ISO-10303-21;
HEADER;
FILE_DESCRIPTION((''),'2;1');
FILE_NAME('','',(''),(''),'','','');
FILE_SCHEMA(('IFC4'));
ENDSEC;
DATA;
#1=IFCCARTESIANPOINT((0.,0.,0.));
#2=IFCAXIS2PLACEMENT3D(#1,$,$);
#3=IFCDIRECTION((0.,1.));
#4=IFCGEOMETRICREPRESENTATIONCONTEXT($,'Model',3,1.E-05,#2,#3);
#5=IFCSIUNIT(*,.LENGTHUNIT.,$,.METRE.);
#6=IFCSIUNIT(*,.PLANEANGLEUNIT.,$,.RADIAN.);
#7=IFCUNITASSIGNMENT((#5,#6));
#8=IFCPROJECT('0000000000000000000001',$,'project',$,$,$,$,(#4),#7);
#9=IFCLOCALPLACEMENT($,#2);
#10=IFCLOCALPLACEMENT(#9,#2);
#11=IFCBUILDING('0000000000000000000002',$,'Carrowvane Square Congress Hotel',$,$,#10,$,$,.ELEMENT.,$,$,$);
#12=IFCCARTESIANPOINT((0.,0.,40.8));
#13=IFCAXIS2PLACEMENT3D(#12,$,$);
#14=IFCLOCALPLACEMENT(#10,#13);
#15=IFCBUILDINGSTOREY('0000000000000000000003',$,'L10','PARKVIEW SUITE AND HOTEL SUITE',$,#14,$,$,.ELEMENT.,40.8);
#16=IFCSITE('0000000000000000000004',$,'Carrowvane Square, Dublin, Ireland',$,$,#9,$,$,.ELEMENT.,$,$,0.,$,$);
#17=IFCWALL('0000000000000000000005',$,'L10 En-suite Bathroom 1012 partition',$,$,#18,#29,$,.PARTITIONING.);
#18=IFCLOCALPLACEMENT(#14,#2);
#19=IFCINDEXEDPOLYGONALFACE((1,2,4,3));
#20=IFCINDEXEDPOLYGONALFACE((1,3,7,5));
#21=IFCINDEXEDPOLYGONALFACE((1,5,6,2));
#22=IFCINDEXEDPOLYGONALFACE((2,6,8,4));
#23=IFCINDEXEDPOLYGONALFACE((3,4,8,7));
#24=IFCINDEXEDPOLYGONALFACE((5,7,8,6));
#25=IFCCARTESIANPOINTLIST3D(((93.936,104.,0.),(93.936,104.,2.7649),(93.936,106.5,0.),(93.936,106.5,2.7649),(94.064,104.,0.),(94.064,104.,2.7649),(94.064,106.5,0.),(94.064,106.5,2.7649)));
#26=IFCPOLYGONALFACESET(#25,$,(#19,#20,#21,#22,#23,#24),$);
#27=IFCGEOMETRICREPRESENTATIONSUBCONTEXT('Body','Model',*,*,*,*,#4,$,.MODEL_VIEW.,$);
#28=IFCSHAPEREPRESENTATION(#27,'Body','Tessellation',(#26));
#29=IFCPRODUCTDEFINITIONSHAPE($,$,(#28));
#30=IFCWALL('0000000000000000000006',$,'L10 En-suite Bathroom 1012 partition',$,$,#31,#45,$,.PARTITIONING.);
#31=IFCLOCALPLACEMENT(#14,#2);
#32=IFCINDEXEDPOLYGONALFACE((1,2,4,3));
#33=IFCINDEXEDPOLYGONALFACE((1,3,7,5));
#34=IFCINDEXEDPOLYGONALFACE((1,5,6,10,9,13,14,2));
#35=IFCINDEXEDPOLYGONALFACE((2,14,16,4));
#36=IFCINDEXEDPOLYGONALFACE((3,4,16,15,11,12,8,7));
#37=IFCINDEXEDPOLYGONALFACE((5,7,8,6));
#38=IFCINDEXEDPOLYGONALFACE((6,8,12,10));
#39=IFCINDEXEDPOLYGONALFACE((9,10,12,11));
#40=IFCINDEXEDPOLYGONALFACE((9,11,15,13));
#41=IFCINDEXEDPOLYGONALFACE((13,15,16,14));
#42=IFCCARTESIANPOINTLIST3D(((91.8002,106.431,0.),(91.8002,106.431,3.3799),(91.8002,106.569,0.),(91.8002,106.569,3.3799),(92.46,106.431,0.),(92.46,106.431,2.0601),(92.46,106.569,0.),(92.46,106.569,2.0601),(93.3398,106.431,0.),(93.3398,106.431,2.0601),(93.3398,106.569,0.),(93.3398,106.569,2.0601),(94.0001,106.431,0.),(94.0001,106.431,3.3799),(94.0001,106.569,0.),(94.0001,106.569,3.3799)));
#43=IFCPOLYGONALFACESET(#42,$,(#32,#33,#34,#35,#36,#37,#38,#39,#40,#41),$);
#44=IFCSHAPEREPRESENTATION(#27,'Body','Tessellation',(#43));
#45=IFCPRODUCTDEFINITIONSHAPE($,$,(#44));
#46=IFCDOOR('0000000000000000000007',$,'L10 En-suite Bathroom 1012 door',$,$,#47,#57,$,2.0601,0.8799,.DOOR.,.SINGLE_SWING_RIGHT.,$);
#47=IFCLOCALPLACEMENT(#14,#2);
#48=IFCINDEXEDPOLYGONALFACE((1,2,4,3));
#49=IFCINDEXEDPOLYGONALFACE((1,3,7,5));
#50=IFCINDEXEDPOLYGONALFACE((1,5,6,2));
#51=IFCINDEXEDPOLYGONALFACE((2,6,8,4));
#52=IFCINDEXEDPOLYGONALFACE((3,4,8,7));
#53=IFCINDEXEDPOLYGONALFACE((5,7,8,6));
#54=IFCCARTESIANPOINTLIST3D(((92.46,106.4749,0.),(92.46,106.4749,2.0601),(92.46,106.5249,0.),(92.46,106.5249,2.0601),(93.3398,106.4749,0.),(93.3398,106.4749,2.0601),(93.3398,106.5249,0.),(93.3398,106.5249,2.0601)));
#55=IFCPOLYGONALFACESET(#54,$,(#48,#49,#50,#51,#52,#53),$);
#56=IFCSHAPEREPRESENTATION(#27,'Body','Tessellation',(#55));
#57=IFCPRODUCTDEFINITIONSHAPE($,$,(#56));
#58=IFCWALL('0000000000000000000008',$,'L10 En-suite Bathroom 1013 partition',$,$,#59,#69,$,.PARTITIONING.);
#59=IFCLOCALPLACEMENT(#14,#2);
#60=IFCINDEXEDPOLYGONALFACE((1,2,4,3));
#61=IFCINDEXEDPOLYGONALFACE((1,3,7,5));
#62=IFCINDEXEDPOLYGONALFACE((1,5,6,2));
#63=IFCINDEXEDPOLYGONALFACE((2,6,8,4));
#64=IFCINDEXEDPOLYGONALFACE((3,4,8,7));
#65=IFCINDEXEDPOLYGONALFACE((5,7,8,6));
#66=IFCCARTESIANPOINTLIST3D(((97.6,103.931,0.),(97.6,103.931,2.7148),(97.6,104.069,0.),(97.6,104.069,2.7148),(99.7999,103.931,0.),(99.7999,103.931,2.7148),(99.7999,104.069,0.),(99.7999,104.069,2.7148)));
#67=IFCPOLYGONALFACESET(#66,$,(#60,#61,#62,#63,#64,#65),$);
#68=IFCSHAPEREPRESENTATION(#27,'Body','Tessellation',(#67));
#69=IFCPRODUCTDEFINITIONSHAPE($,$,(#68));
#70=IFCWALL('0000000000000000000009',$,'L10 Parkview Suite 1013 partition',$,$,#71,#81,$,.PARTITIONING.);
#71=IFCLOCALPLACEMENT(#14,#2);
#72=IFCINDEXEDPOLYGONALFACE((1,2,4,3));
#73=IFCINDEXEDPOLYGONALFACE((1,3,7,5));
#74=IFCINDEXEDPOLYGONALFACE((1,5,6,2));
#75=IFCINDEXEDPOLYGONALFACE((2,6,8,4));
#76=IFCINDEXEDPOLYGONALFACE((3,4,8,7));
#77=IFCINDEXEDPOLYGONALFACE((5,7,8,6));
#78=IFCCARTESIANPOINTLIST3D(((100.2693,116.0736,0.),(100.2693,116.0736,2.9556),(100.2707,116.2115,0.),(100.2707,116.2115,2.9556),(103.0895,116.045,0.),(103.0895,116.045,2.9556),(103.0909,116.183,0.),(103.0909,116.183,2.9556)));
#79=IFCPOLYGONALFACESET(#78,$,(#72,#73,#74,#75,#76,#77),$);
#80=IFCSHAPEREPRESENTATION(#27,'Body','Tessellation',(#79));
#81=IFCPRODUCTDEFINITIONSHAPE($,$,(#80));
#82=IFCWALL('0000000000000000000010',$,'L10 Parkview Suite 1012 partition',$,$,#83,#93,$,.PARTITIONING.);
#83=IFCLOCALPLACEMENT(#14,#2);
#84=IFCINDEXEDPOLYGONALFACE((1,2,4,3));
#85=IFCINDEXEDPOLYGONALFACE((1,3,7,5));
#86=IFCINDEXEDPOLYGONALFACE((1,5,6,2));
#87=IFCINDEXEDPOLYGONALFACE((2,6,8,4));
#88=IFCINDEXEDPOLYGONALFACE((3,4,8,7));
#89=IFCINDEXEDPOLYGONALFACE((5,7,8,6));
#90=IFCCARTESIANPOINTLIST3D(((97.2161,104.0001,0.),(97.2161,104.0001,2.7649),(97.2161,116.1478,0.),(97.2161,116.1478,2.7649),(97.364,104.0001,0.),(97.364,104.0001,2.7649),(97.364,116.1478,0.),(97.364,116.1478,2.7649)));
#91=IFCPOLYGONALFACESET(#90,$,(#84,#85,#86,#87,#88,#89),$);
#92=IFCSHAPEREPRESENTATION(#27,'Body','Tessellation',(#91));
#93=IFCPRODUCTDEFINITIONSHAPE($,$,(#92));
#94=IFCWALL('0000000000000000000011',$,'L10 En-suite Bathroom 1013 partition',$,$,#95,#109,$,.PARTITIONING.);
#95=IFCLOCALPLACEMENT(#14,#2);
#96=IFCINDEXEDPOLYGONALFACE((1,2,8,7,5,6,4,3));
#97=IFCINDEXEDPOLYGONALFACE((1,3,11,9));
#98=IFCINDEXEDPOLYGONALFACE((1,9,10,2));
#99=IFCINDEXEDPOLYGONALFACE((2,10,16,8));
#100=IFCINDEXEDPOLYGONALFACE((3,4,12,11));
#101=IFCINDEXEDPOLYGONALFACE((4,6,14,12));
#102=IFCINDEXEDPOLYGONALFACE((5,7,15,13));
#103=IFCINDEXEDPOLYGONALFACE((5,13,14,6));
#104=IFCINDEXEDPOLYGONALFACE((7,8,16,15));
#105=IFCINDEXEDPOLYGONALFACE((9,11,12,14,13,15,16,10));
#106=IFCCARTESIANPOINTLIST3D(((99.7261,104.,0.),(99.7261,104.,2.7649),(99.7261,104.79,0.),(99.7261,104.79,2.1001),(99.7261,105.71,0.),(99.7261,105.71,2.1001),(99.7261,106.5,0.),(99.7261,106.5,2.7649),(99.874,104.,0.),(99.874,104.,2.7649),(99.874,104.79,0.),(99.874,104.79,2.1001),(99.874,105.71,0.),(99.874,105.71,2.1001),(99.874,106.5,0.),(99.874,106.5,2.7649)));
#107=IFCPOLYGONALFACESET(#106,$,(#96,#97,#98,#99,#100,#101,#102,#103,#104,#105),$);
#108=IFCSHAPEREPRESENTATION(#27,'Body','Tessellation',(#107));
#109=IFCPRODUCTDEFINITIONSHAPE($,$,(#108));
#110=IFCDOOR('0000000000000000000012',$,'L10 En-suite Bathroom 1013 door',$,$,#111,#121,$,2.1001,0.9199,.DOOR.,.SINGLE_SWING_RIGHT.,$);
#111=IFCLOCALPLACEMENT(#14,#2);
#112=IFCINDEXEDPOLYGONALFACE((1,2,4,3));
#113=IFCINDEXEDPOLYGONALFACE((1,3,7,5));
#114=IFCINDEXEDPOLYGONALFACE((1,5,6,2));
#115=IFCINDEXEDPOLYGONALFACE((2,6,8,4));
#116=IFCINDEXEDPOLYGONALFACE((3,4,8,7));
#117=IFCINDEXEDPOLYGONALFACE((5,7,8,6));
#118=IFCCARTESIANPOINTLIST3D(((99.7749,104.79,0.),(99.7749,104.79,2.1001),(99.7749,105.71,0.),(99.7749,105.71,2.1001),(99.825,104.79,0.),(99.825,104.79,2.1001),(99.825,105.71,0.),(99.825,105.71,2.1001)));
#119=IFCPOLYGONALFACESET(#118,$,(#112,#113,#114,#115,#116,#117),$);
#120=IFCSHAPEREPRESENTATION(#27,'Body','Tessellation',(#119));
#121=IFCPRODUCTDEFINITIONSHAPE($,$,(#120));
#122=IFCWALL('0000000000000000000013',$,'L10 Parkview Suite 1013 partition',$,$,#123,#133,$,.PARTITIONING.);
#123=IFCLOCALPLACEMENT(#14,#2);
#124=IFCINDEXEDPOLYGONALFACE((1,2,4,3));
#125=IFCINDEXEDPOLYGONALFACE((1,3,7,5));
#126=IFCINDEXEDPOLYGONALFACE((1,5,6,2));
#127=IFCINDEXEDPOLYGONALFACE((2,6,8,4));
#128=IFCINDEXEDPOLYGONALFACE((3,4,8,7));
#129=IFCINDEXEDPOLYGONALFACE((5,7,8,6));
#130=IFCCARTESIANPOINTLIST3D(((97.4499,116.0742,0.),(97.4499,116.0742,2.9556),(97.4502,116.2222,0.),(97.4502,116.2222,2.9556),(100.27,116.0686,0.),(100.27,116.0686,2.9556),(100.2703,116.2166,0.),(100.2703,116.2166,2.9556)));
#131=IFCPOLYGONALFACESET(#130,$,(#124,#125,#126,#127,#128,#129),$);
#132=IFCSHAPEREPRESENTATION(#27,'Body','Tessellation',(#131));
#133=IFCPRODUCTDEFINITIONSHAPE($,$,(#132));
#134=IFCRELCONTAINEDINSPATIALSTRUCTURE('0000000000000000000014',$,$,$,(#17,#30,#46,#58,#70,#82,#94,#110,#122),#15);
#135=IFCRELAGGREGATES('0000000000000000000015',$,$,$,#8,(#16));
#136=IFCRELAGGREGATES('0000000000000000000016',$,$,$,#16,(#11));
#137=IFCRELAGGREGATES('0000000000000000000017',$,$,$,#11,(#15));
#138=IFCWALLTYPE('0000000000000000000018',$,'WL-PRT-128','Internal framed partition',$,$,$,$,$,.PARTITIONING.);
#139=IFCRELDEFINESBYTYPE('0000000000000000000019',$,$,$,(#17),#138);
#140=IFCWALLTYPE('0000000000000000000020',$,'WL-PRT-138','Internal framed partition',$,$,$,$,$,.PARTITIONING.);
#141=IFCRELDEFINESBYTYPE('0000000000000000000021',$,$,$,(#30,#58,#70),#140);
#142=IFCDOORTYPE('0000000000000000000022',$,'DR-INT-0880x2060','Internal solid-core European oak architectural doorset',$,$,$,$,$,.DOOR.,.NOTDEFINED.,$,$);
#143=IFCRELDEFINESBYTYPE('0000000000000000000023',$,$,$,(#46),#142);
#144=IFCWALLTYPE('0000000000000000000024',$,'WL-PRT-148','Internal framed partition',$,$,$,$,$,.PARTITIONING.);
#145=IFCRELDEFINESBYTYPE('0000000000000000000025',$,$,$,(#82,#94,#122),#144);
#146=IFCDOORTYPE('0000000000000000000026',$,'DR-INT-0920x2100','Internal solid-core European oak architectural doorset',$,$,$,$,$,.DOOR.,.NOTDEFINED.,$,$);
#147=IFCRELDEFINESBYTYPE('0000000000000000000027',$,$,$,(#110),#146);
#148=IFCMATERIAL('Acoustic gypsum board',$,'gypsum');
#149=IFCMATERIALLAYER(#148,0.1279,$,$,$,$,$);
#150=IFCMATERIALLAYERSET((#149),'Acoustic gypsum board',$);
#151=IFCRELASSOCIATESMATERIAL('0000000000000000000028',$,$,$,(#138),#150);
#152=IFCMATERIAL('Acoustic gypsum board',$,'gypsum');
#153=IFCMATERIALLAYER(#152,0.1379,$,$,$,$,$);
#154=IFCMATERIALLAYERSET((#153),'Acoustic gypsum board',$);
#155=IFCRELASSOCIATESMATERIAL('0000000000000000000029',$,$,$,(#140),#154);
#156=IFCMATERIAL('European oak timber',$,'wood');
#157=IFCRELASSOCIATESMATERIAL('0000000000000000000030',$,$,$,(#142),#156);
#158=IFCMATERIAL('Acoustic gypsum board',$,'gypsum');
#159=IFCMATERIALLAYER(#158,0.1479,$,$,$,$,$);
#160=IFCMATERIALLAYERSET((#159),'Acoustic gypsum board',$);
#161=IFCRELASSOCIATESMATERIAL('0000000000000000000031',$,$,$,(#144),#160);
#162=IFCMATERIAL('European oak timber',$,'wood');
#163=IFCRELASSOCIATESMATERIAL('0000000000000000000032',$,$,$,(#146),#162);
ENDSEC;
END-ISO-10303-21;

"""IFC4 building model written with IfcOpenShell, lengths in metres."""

from ifc_helpers import new_model, si_unit, direction, frame, frame_2d, origin, place, context, subcontext, project, spatial, rectangle, extrude, material, layer, layer_set, type_object, element, fill, save


model = new_model("IFC4")

# Units and contexts
model_context = context("Model", 3, precision=1e-05, world=origin(), true_north=direction((0.0, 1.0)))
body_context = subcontext(model_context, "Body", "Model", "MODEL_VIEW")
ifc_project = project(units=[si_unit("LENGTHUNIT", "METRE"), si_unit("PLANEANGLEUNIT", "RADIAN")], contexts=[model_context])

# Site, building, storey
site_placement = place(None, origin())
site = spatial("IfcSite", under=ifc_project, at=site_placement, Name="Carrowvane Square, Dublin, Ireland", CompositionType="ELEMENT", RefElevation=0.0)
building_placement = place(site_placement, origin())
building = spatial("IfcBuilding", under=site, at=building_placement, Name="Carrowvane Square Congress Hotel", CompositionType="ELEMENT")
storey_placement = place(building_placement, frame((0.0, 0.0, 40.8)))
storey = spatial("IfcBuildingStorey", under=building, at=storey_placement, Name="L10", Description="PARKVIEW SUITE AND HOTEL SUITE", CompositionType="ELEMENT", Elevation=40.8)

# Wall
ifc_material_1 = material(Name="Acoustic gypsum board", Category="gypsum")
ifc_layer_1 = layer(ifc_material_1, 0.1279)
ifc_layer_set_1 = layer_set([ifc_layer_1], Name="Acoustic gypsum board")
wall_type_1 = type_object("IfcWallType", Name="WL-PRT-128", Description="Internal framed partition", PredefinedType="PARTITIONING", material=ifc_layer_set_1)
wall_1_placement = place(storey_placement, frame((94.0, 106.5, 0.0), z_axis=(0.0, 0.0, 1.0), x_axis=(0.0, -1.0, 0.0)))
element("IfcWall", 1, at=wall_1_placement, inside=storey, type_object=wall_type_1, Name="L10 En-suite Bathroom 1012 partition", PredefinedType="PARTITIONING", context=body_context, shape_type="SweptSolid", body=[
    extrude(rectangle(XDim=2.5, YDim=0.1279, at=frame_2d((1.25, 0.0))), origin(), (0.0, 0.0, 1.0), 2.7649),
])

# Wall, opening, door
ifc_material_2 = material(Name="Acoustic gypsum board", Category="gypsum")
ifc_layer_2 = layer(ifc_material_2, 0.1379)
ifc_layer_set_2 = layer_set([ifc_layer_2], Name="Acoustic gypsum board")
wall_type_2 = type_object("IfcWallType", Name="WL-PRT-138", Description="Internal framed partition", PredefinedType="PARTITIONING", material=ifc_layer_set_2)
wall_2_placement = place(storey_placement, frame((91.8, 106.5, 0.0), z_axis=(0.0, 0.0, 1.0), x_axis=(1.0, 0.0, 0.0)))
wall_2 = element("IfcWall", 2, at=wall_2_placement, inside=storey, type_object=wall_type_2, Name="L10 En-suite Bathroom 1012 partition", PredefinedType="PARTITIONING", context=body_context, shape_type="SweptSolid", body=[
    extrude(rectangle(XDim=2.2, YDim=0.1379, at=frame_2d((1.1001, 0.0))), origin(), (0.0, 0.0, 1.0), 3.3799),
])
opening_1_placement = place(wall_2_placement, frame((0.6599, 0.0, 0.0)))
opening_1 = element("IfcOpeningElement", 3, at=opening_1_placement, cuts=wall_2, PredefinedType="OPENING", context=body_context, shape_type="SweptSolid", body=[
    extrude(rectangle(XDim=0.8799, YDim=2.0601, at=frame_2d((0.4399, 1.03))), frame((0.0, 0.0789, 0.0), z_axis=(0.0, -1.0, 0.0), x_axis=(1.0, 0.0, 0.0)), (0.0, 0.0, 1.0), 0.158),
])
ifc_material_3 = material(Name="European oak timber", Category="wood")
door_type_1 = type_object("IfcDoorType", Name="DR-INT-0880x2060", Description="Internal solid-core European oak architectural doorset", OperationType="NOTDEFINED", PredefinedType="DOOR", material=ifc_material_3)
door_1_placement = place(opening_1_placement, origin())
door_1 = element("IfcDoor", 4, at=door_1_placement, inside=storey, type_object=door_type_1, Name="L10 En-suite Bathroom 1012 door", OperationType="SINGLE_SWING_RIGHT", OverallHeight=2.0601, OverallWidth=0.8799, PredefinedType="DOOR", context=body_context, shape_type="SweptSolid", body=[
    extrude(rectangle(XDim=0.8799, YDim=2.0601, at=frame_2d((0.4399, 1.03))), frame((0.0, 0.0249, 0.0), z_axis=(0.0, -1.0, 0.0), x_axis=(1.0, 0.0, 0.0)), (0.0, 0.0, 1.0), 0.05),
])
fill(opening_1, door_1)

# Walls
wall_3_placement = place(storey_placement, frame((99.8, 104.0, 0.0), z_axis=(0.0, 0.0, 1.0), x_axis=(-1.0, 0.0, 0.0)))
element("IfcWall", 5, at=wall_3_placement, inside=storey, type_object=wall_type_2, Name="L10 En-suite Bathroom 1013 partition", PredefinedType="PARTITIONING", context=body_context, shape_type="SweptSolid", body=[
    extrude(rectangle(XDim=2.2, YDim=0.1379, at=frame_2d((1.1001, 0.0))), origin(), (0.0, 0.0, 1.0), 2.7148),
])
wall_4_placement = place(storey_placement, frame((100.27, 116.1426, 0.0), z_axis=(0.0, 0.0, 1.0), x_axis=(0.999949, -0.010128, 0.0)))
element("IfcWall", 6, at=wall_4_placement, inside=storey, type_object=wall_type_2, Name="L10 Parkview Suite 1013 partition", PredefinedType="PARTITIONING", context=body_context, shape_type="SweptSolid", body=[
    extrude(rectangle(XDim=2.8203, YDim=0.1379, at=frame_2d((1.4102, 0.0))), origin(), (0.0, 0.0, 1.0), 2.9556),
])
ifc_material_4 = material(Name="Acoustic gypsum board", Category="gypsum")
ifc_layer_3 = layer(ifc_material_4, 0.1479)
ifc_layer_set_3 = layer_set([ifc_layer_3], Name="Acoustic gypsum board")
wall_type_3 = type_object("IfcWallType", Name="WL-PRT-148", Description="Internal framed partition", PredefinedType="PARTITIONING", material=ifc_layer_set_3)
wall_5_placement = place(storey_placement, frame((97.29, 116.1477, 0.0), z_axis=(0.0, 0.0, 1.0), x_axis=(0.0, -1.0, 0.0)))
element("IfcWall", 7, at=wall_5_placement, inside=storey, type_object=wall_type_3, Name="L10 Parkview Suite 1012 partition", PredefinedType="PARTITIONING", context=body_context, shape_type="SweptSolid", body=[
    extrude(rectangle(XDim=12.1477, YDim=0.1479, at=frame_2d((6.0737, 0.0))), origin(), (0.0, 0.0, 1.0), 2.7649),
])

# Wall, opening, door
wall_6_placement = place(storey_placement, frame((99.8, 106.5, 0.0), z_axis=(0.0, 0.0, 1.0), x_axis=(0.0, -1.0, 0.0)))
wall_6 = element("IfcWall", 8, at=wall_6_placement, inside=storey, type_object=wall_type_3, Name="L10 En-suite Bathroom 1013 partition", PredefinedType="PARTITIONING", context=body_context, shape_type="SweptSolid", body=[
    extrude(rectangle(XDim=2.5, YDim=0.1479, at=frame_2d((1.25, 0.0))), origin(), (0.0, 0.0, 1.0), 2.7649),
])
opening_2_placement = place(wall_6_placement, frame((0.79, 0.0, 0.0)))
opening_2 = element("IfcOpeningElement", 9, at=opening_2_placement, cuts=wall_6, PredefinedType="OPENING", context=body_context, shape_type="SweptSolid", body=[
    extrude(rectangle(XDim=0.9199, YDim=2.1001, at=frame_2d((0.46, 1.05))), frame((0.0, 0.084, 0.0), z_axis=(0.0, -1.0, 0.0), x_axis=(1.0, 0.0, 0.0)), (0.0, 0.0, 1.0), 0.168),
])
ifc_material_5 = material(Name="European oak timber", Category="wood")
door_type_2 = type_object("IfcDoorType", Name="DR-INT-0920x2100", Description="Internal solid-core European oak architectural doorset", OperationType="NOTDEFINED", PredefinedType="DOOR", material=ifc_material_5)
door_2_placement = place(opening_2_placement, origin())
door_2 = element("IfcDoor", 10, at=door_2_placement, inside=storey, type_object=door_type_2, Name="L10 En-suite Bathroom 1013 door", OperationType="SINGLE_SWING_RIGHT", OverallHeight=2.1001, OverallWidth=0.9199, PredefinedType="DOOR", context=body_context, shape_type="SweptSolid", body=[
    extrude(rectangle(XDim=0.9199, YDim=2.1001, at=frame_2d((0.46, 1.05))), frame((0.0, 0.0249, 0.0), z_axis=(0.0, -1.0, 0.0), x_axis=(1.0, 0.0, 0.0)), (0.0, 0.0, 1.0), 0.05),
])
fill(opening_2, door_2)

# Wall
wall_7_placement = place(storey_placement, frame((97.45, 116.1482, 0.0), z_axis=(0.0, 0.0, 1.0), x_axis=(0.999998, -0.001991, 0.0)))
element("IfcWall", 11, at=wall_7_placement, inside=storey, type_object=wall_type_3, Name="L10 Parkview Suite 1013 partition", PredefinedType="PARTITIONING", context=body_context, shape_type="SweptSolid", body=[
    extrude(rectangle(XDim=2.8201, YDim=0.1479, at=frame_2d((1.4102, 0.0))), origin(), (0.0, 0.0, 1.0), 2.9556),
])

save(model, "model.ifc")
